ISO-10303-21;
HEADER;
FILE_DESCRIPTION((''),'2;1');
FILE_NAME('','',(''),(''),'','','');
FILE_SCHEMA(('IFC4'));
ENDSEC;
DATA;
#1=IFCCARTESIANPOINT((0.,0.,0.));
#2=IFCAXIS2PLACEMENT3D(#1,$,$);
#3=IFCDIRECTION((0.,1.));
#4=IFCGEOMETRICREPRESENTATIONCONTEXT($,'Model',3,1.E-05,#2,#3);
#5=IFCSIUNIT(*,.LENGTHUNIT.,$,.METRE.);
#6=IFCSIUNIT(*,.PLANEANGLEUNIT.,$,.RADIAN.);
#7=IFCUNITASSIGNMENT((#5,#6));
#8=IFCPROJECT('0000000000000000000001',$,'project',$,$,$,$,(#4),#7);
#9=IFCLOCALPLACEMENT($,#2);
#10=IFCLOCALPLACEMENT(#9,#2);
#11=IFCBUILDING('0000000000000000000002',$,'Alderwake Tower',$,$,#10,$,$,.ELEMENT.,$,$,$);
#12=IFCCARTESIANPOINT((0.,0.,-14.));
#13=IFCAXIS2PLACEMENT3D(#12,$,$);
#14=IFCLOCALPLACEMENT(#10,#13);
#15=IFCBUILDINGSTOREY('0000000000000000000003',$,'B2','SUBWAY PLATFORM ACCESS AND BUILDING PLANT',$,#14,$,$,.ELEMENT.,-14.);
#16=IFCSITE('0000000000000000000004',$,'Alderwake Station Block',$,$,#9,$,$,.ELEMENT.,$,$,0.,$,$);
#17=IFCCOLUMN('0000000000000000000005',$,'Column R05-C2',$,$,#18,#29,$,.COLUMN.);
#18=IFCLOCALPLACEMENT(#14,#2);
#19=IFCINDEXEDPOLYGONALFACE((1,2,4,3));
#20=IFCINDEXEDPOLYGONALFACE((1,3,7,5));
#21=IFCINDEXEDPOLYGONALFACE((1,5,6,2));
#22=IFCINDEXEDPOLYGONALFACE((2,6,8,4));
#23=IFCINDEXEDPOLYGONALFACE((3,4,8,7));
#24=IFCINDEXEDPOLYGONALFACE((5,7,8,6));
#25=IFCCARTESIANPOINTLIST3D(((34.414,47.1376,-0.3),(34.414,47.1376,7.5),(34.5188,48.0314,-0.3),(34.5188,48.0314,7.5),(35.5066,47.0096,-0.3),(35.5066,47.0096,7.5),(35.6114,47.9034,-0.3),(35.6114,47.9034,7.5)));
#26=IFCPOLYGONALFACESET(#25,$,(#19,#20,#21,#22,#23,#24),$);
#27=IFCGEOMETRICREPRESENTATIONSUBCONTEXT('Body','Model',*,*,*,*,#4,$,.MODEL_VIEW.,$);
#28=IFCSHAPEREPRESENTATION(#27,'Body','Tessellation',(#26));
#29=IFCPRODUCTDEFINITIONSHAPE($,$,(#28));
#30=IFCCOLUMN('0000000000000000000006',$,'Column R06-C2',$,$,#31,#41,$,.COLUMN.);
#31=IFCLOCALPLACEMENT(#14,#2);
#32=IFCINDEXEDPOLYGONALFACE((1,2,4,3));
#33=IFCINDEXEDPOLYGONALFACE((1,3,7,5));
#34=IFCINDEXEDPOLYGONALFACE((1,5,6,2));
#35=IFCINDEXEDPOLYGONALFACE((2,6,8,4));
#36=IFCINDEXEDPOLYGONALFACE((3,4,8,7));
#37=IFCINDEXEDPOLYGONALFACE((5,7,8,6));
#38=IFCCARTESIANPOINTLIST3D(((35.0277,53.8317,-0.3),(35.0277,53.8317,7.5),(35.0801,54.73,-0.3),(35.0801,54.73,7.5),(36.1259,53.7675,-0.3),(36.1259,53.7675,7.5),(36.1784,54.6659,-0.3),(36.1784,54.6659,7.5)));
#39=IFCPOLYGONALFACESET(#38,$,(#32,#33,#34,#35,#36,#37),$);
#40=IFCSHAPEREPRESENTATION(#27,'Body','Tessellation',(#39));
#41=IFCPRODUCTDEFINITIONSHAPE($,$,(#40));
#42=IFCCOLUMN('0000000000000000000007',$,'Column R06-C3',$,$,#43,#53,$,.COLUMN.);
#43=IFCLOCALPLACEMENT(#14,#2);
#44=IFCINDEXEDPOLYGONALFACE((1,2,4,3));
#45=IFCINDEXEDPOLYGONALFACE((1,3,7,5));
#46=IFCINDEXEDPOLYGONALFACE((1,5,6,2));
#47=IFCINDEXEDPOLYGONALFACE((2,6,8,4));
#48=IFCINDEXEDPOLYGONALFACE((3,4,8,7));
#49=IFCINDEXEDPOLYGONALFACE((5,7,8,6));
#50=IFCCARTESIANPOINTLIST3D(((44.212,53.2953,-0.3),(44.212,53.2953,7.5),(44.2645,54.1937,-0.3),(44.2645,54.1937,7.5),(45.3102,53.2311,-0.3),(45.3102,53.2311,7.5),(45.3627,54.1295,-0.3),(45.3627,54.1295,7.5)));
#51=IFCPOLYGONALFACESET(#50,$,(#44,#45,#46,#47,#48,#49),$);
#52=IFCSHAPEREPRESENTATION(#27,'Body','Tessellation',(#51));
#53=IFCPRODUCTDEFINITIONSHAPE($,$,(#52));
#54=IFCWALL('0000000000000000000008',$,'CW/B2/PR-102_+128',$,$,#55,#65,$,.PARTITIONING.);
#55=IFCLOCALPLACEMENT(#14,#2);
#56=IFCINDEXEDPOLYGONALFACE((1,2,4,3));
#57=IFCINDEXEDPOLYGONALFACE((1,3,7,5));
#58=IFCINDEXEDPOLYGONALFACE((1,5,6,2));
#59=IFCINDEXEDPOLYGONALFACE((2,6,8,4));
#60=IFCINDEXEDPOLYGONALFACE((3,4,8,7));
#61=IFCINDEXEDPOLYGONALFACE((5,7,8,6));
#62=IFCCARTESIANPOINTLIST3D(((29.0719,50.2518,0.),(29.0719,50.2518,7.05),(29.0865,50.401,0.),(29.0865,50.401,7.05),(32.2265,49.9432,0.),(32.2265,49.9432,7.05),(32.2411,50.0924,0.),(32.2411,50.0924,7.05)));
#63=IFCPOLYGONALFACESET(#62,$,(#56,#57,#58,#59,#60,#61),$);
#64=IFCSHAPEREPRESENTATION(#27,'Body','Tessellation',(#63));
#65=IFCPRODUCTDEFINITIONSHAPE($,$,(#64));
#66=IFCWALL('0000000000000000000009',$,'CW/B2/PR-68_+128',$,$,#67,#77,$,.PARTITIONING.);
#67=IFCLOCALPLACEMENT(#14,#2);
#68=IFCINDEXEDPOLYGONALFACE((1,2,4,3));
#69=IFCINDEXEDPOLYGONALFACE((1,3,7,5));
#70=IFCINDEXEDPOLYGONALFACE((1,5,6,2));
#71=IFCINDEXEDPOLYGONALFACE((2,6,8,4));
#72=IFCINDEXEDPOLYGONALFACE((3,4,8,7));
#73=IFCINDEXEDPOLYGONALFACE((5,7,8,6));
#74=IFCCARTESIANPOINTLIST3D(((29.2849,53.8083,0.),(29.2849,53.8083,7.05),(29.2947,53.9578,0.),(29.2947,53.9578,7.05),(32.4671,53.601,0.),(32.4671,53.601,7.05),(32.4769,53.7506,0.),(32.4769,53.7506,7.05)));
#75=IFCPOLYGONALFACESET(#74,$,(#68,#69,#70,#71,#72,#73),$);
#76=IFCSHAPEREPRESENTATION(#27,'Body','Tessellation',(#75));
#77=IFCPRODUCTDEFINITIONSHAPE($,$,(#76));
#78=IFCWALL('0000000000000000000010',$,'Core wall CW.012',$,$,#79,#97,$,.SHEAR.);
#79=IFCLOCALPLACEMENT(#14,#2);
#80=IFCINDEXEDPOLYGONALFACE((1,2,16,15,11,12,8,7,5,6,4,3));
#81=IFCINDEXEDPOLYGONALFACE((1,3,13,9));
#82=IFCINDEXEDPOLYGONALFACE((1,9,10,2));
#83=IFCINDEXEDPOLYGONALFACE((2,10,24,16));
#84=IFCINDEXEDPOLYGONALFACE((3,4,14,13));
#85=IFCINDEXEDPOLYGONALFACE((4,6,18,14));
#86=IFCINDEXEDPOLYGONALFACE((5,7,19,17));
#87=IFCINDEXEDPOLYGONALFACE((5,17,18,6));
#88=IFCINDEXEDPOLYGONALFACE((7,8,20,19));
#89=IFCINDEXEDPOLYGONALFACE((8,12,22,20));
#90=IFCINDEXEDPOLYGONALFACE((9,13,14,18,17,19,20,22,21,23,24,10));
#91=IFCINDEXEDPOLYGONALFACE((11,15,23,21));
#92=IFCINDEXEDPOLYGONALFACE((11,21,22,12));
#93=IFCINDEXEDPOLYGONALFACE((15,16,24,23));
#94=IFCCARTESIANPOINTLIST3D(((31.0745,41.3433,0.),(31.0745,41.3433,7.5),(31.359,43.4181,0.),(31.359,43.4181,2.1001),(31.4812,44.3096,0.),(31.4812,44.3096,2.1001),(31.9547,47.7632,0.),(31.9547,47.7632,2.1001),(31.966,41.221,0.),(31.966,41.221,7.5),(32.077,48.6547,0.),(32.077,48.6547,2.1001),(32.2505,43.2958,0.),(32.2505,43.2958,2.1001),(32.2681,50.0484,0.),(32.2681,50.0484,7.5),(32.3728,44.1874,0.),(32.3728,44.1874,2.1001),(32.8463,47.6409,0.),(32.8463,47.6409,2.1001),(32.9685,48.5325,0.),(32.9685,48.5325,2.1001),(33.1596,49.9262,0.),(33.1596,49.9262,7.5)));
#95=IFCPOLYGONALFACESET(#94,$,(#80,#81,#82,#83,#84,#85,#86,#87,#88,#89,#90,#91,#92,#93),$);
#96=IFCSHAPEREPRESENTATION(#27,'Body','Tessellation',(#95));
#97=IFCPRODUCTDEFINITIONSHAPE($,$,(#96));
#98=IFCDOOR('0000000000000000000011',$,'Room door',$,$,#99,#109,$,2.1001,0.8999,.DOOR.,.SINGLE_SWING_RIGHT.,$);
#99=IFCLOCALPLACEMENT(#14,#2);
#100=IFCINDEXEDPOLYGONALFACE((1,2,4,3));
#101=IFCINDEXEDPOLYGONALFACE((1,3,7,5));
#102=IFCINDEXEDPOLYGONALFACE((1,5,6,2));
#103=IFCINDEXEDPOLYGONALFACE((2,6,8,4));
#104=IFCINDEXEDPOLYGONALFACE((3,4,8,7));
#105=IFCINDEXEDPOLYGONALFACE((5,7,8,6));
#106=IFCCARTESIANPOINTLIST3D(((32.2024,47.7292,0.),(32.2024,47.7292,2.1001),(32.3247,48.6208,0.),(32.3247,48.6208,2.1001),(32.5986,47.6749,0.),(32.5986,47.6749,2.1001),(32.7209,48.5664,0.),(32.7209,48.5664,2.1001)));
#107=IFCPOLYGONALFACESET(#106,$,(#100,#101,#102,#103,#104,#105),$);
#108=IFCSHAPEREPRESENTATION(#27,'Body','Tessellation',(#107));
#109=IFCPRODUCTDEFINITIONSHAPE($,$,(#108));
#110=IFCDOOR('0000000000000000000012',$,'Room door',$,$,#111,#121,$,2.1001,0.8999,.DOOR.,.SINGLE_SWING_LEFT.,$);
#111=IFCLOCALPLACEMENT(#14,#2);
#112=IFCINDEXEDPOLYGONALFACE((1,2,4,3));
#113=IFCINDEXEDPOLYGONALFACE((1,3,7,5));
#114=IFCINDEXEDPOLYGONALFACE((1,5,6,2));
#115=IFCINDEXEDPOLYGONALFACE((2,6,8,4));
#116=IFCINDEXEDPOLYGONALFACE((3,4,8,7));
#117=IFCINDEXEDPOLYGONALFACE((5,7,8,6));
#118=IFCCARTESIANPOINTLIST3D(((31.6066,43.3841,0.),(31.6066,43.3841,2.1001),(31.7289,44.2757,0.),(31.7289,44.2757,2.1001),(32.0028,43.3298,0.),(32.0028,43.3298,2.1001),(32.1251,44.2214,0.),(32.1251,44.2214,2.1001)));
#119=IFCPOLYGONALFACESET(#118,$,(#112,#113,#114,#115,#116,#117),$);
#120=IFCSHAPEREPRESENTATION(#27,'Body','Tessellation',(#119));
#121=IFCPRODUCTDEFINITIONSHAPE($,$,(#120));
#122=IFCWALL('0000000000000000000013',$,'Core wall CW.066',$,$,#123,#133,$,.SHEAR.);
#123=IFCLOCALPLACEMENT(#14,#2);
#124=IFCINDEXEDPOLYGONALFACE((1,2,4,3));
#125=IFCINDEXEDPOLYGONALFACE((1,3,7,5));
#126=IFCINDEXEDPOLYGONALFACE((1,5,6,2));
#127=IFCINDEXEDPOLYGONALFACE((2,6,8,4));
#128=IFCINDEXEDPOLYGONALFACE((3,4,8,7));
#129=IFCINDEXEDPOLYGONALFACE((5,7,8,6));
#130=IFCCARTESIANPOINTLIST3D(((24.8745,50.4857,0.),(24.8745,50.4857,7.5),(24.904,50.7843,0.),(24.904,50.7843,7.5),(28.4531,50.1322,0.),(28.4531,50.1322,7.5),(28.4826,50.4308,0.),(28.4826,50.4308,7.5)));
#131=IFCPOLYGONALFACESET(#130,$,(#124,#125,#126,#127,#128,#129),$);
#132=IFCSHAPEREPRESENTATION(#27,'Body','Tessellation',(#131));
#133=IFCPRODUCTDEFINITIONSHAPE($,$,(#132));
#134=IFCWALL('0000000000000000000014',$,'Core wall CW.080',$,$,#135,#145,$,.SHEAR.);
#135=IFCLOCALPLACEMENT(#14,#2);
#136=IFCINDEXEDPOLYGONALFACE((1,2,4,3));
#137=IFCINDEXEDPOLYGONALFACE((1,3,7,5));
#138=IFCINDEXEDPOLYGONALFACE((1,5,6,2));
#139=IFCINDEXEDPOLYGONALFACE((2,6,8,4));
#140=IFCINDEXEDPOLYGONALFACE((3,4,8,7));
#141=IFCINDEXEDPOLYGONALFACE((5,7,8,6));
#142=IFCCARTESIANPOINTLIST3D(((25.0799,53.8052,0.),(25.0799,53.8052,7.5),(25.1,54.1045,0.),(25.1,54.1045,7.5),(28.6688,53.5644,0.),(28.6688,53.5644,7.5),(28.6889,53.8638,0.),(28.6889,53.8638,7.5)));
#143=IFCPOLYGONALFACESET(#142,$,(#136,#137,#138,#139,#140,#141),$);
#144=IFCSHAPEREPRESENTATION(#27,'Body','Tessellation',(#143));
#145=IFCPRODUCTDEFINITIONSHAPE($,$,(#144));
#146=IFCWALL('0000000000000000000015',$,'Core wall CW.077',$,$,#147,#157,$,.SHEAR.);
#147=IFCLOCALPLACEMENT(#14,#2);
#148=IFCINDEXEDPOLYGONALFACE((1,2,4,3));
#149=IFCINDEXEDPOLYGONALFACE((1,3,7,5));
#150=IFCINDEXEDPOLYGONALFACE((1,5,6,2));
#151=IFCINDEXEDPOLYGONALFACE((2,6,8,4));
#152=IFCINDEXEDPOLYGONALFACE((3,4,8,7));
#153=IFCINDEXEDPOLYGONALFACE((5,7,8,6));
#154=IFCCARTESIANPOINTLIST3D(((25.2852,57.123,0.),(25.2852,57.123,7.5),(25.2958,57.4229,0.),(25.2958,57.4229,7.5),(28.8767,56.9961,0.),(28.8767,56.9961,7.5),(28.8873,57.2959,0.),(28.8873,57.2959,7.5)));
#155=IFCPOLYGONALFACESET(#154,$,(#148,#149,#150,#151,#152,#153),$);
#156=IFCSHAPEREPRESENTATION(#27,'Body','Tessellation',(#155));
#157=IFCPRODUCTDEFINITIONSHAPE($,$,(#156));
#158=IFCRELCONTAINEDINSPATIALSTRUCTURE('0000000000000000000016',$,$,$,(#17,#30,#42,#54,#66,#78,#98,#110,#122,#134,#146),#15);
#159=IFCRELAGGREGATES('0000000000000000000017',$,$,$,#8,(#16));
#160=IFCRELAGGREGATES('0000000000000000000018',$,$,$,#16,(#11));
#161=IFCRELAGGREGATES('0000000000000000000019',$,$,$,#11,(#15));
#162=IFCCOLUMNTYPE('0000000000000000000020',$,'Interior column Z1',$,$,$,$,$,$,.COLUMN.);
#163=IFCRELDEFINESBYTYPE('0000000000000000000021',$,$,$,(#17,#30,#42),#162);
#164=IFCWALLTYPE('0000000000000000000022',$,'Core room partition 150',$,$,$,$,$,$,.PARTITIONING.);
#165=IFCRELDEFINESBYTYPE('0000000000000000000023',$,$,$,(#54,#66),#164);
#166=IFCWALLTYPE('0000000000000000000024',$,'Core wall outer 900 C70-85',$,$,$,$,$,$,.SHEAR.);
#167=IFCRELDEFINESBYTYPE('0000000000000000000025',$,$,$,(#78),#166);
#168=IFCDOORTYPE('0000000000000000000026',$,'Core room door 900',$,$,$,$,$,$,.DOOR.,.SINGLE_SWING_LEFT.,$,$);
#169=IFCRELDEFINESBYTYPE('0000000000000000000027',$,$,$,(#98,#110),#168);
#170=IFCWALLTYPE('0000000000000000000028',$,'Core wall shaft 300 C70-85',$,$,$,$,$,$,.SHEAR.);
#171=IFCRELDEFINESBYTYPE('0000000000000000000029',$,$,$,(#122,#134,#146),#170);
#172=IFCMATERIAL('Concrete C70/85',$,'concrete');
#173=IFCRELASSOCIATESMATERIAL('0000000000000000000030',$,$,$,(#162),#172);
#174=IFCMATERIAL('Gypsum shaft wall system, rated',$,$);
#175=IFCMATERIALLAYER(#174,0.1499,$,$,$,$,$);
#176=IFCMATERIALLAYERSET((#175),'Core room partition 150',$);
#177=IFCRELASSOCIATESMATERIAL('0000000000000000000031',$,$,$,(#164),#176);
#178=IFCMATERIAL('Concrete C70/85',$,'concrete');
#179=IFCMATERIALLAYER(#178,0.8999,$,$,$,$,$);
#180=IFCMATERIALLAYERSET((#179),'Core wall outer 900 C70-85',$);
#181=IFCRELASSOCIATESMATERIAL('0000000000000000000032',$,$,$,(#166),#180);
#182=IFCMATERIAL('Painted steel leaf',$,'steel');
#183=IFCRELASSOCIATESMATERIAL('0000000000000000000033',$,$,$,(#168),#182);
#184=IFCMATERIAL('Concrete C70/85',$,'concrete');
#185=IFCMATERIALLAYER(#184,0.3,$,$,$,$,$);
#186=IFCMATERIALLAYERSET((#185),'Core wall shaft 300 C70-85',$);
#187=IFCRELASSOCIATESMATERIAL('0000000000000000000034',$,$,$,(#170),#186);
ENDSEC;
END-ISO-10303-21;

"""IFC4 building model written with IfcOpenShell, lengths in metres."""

from ifc_helpers import new_model, si_unit, direction, frame, frame_2d, origin, origin_2d, place, context, subcontext, project, spatial, rectangle, extrude, material, layer, layer_set, material_profile, profile_set, type_object, element, fill, save


model = new_model("IFC4")

# Units and contexts
model_context = context("Model", 3, precision=1e-05, world=origin(), true_north=direction((0.0, 1.0)))
body_context = subcontext(model_context, "Body", "Model", "MODEL_VIEW")
ifc_project = project(units=[si_unit("LENGTHUNIT", "METRE"), si_unit("PLANEANGLEUNIT", "RADIAN")], contexts=[model_context])

# Site, building, storey
site_placement = place(None, origin())
site = spatial("IfcSite", under=ifc_project, at=site_placement, Name="Alderwake Station Block", CompositionType="ELEMENT", RefElevation=0.0)
building_placement = place(site_placement, origin())
building = spatial("IfcBuilding", under=site, at=building_placement, Name="Alderwake Tower", CompositionType="ELEMENT")
storey_placement = place(building_placement, frame((0.0, 0.0, -14.0)))
storey = spatial("IfcBuildingStorey", under=building, at=storey_placement, Name="B2", Description="SUBWAY PLATFORM ACCESS AND BUILDING PLANT", CompositionType="ELEMENT", Elevation=-14.0)

# Columns
ifc_material_1 = material(Name="Concrete C70/85", Category="concrete")
ifc_material_profile_1 = material_profile(ifc_material_1, rectangle(XDim=0.8999, YDim=1.1001, at=origin_2d()), Name="RC 1100X900")
ifc_profile_set_1 = profile_set([ifc_material_profile_1], Name="Concrete C70/85")
column_type = type_object("IfcColumnType", Name="Interior column Z1", PredefinedType="COLUMN", material=ifc_profile_set_1)
for number, where, z_axis, x_axis, name in (
    (1, (35.0127, 47.5205, -0.3), (0.0, 0.0, 1.0), (0.116402, 0.993202, 0.0), "Column R05-C2"),
    (2, (35.603, 54.2488, -0.3), (0.0, 0.0, 1.0), (0.058301, 0.998299, 0.0), "Column R06-C2"),
    (3, (44.7874, 53.7124, -0.3), (0.0, 0.0, 1.0), (0.058299, 0.998299, 0.0), "Column R06-C3"),
):
    element("IfcColumn", number, at=place(storey_placement, frame(where, z_axis=z_axis, x_axis=x_axis)), inside=storey, type_object=column_type, Name=name, PredefinedType="COLUMN", context=body_context, shape_type="SweptSolid", body=[
        extrude(rectangle(XDim=0.8999, YDim=1.1001, at=origin_2d()), origin(), (0.0, 0.0, 1.0), 7.8),
    ])

# Walls
ifc_material_2 = material(Name="Gypsum shaft wall system, rated")
ifc_layer_1 = layer(ifc_material_2, 0.1499)
ifc_layer_set_1 = layer_set([ifc_layer_1], Name="Core room partition 150")
wall_type_1 = type_object("IfcWallType", Name="Core room partition 150", PredefinedType="PARTITIONING", material=ifc_layer_set_1)
wall_1_placement = place(storey_placement, frame((29.0791, 50.3264, 0.0), z_axis=(0.0, 0.0, 1.0), x_axis=(0.995249, -0.09736, 0.0)))
element("IfcWall", 4, at=wall_1_placement, inside=storey, type_object=wall_type_1, Name="CW/B2/PR-102_+128", PredefinedType="PARTITIONING", context=body_context, shape_type="SweptSolid", body=[
    extrude(rectangle(XDim=3.1697, YDim=0.1499, at=frame_2d((1.585, 0.0))), origin(), (0.0, 0.0, 1.0), 7.05),
])
wall_2_placement = place(storey_placement, frame((29.2898, 53.8831, 0.0), z_axis=(0.0, 0.0, 1.0), x_axis=(0.997885, -0.065, 0.0)))
element("IfcWall", 5, at=wall_2_placement, inside=storey, type_object=wall_type_1, Name="CW/B2/PR-68_+128", PredefinedType="PARTITIONING", context=body_context, shape_type="SweptSolid", body=[
    extrude(rectangle(XDim=3.189, YDim=0.1499, at=frame_2d((1.5945, 0.0))), origin(), (0.0, 0.0, 1.0), 7.05),
])

# Wall, openings, doors
ifc_material_3 = material(Name="Concrete C70/85", Category="concrete")
ifc_layer_2 = layer(ifc_material_3, 0.8999)
ifc_layer_set_2 = layer_set([ifc_layer_2], Name="Core wall outer 900 C70-85")
wall_type_2 = type_object("IfcWallType", Name="Core wall outer 900 C70-85", PredefinedType="SHEAR", material=ifc_layer_set_2)
wall_3_placement = place(storey_placement, frame((32.7139, 49.9873, 0.0), z_axis=(0.0, 0.0, 1.0), x_axis=(-0.135845, -0.99073, 0.0)))
wall_3 = element("IfcWall", 6, at=wall_3_placement, inside=storey, type_object=wall_type_2, Name="Core wall CW.012", PredefinedType="SHEAR", context=body_context, shape_type="SweptSolid", body=[
    extrude(rectangle(XDim=8.7866, YDim=0.8999, at=frame_2d((4.3933, 0.0))), origin(), (0.0, 0.0, 1.0), 7.5),
])
opening_1_placement = place(wall_3_placement, frame((1.4067, 0.0, 0.0)))
opening_1 = element("IfcOpeningElement", 7, at=opening_1_placement, cuts=wall_3, PredefinedType="OPENING", context=body_context, shape_type="SweptSolid", body=[
    extrude(rectangle(XDim=0.8999, YDim=2.1001, at=frame_2d((0.45, 1.05))), frame((0.0, 0.46, 0.0), z_axis=(0.0, -1.0, 0.0), x_axis=(1.0, 0.0, 0.0)), (0.0, 0.0, 1.0), 0.9199),
])
opening_2_placement = place(wall_3_placement, frame((5.7925, 0.0, 0.0)))
opening_2 = element("IfcOpeningElement", 8, at=opening_2_placement, cuts=wall_3, PredefinedType="OPENING", context=body_context, shape_type="SweptSolid", body=[
    extrude(rectangle(XDim=0.8999, YDim=2.1001, at=frame_2d((0.45, 1.05))), frame((0.0, 0.46, 0.0), z_axis=(0.0, -1.0, 0.0), x_axis=(1.0, 0.0, 0.0)), (0.0, 0.0, 1.0), 0.9199),
])
ifc_material_4 = material(Name="Painted steel leaf", Category="steel")
door_type_1 = type_object("IfcDoorType", Name="Core room door 900", OperationType="SINGLE_SWING_LEFT", PredefinedType="DOOR", material=ifc_material_4)
door_1_placement = place(opening_1_placement, origin())
door_1 = element("IfcDoor", 9, at=door_1_placement, inside=storey, type_object=door_type_1, Name="Room door", OperationType="SINGLE_SWING_RIGHT", OverallHeight=2.1001, OverallWidth=0.8999, PredefinedType="DOOR", context=body_context, shape_type="SweptSolid", body=[
    extrude(rectangle(XDim=0.8999, YDim=2.1001, at=frame_2d((0.45, 1.05))), frame((0.0, 0.2, 0.0), z_axis=(0.0, -1.0, 0.0), x_axis=(1.0, 0.0, 0.0)), (0.0, 0.0, 1.0), 0.3999),
])
fill(opening_1, door_1)
door_2_placement = place(opening_2_placement, origin())
door_2 = element("IfcDoor", 10, at=door_2_placement, inside=storey, type_object=door_type_1, Name="Room door", OperationType="SINGLE_SWING_LEFT", OverallHeight=2.1001, OverallWidth=0.8999, PredefinedType="DOOR", context=body_context, shape_type="SweptSolid", body=[
    extrude(rectangle(XDim=0.8999, YDim=2.1001, at=frame_2d((0.45, 1.05))), frame((0.0, 0.2, 0.0), z_axis=(0.0, -1.0, 0.0), x_axis=(1.0, 0.0, 0.0)), (0.0, 0.0, 1.0), 0.3999),
])
fill(opening_2, door_2)

# Walls
ifc_material_5 = material(Name="Concrete C70/85", Category="concrete")
ifc_layer_3 = layer(ifc_material_5, 0.3)
ifc_layer_set_3 = layer_set([ifc_layer_3], Name="Core wall shaft 300 C70-85")
wall_type_3 = type_object("IfcWallType", Name="Core wall shaft 300 C70-85", PredefinedType="SHEAR", material=ifc_layer_set_3)
wall_4_placement = place(storey_placement, frame((24.8894, 50.635, 0.0), z_axis=(0.0, 0.0, 1.0), x_axis=(0.995156, -0.098307, 0.0)))
element("IfcWall", 11, at=wall_4_placement, inside=storey, type_object=wall_type_3, Name="Core wall CW.066", PredefinedType="SHEAR", context=body_context, shape_type="SweptSolid", body=[
    extrude(rectangle(XDim=3.5959, YDim=0.3, at=frame_2d((1.7979, 0.0))), origin(), (0.0, 0.0, 1.0), 7.5),
])
wall_5_placement = place(storey_placement, frame((25.0901, 53.9548, 0.0), z_axis=(0.0, 0.0, 1.0), x_axis=(0.997758, -0.066924, 0.0)))
element("IfcWall", 12, at=wall_5_placement, inside=storey, type_object=wall_type_3, Name="Core wall CW.080", PredefinedType="SHEAR", context=body_context, shape_type="SweptSolid", body=[
    extrude(rectangle(XDim=3.5969, YDim=0.3, at=frame_2d((1.7983, 0.0))), origin(), (0.0, 0.0, 1.0), 7.5),
])
wall_6_placement = place(storey_placement, frame((25.2905, 57.2729, 0.0), z_axis=(0.0, 0.0, 1.0), x_axis=(0.999376, -0.035326, 0.0)))
element("IfcWall", 13, at=wall_6_placement, inside=storey, type_object=wall_type_3, Name="Core wall CW.077", PredefinedType="SHEAR", context=body_context, shape_type="SweptSolid", body=[
    extrude(rectangle(XDim=3.5938, YDim=0.3, at=frame_2d((1.7969, 0.0))), origin(), (0.0, 0.0, 1.0), 7.5),
])

save(model, "model.ifc")
